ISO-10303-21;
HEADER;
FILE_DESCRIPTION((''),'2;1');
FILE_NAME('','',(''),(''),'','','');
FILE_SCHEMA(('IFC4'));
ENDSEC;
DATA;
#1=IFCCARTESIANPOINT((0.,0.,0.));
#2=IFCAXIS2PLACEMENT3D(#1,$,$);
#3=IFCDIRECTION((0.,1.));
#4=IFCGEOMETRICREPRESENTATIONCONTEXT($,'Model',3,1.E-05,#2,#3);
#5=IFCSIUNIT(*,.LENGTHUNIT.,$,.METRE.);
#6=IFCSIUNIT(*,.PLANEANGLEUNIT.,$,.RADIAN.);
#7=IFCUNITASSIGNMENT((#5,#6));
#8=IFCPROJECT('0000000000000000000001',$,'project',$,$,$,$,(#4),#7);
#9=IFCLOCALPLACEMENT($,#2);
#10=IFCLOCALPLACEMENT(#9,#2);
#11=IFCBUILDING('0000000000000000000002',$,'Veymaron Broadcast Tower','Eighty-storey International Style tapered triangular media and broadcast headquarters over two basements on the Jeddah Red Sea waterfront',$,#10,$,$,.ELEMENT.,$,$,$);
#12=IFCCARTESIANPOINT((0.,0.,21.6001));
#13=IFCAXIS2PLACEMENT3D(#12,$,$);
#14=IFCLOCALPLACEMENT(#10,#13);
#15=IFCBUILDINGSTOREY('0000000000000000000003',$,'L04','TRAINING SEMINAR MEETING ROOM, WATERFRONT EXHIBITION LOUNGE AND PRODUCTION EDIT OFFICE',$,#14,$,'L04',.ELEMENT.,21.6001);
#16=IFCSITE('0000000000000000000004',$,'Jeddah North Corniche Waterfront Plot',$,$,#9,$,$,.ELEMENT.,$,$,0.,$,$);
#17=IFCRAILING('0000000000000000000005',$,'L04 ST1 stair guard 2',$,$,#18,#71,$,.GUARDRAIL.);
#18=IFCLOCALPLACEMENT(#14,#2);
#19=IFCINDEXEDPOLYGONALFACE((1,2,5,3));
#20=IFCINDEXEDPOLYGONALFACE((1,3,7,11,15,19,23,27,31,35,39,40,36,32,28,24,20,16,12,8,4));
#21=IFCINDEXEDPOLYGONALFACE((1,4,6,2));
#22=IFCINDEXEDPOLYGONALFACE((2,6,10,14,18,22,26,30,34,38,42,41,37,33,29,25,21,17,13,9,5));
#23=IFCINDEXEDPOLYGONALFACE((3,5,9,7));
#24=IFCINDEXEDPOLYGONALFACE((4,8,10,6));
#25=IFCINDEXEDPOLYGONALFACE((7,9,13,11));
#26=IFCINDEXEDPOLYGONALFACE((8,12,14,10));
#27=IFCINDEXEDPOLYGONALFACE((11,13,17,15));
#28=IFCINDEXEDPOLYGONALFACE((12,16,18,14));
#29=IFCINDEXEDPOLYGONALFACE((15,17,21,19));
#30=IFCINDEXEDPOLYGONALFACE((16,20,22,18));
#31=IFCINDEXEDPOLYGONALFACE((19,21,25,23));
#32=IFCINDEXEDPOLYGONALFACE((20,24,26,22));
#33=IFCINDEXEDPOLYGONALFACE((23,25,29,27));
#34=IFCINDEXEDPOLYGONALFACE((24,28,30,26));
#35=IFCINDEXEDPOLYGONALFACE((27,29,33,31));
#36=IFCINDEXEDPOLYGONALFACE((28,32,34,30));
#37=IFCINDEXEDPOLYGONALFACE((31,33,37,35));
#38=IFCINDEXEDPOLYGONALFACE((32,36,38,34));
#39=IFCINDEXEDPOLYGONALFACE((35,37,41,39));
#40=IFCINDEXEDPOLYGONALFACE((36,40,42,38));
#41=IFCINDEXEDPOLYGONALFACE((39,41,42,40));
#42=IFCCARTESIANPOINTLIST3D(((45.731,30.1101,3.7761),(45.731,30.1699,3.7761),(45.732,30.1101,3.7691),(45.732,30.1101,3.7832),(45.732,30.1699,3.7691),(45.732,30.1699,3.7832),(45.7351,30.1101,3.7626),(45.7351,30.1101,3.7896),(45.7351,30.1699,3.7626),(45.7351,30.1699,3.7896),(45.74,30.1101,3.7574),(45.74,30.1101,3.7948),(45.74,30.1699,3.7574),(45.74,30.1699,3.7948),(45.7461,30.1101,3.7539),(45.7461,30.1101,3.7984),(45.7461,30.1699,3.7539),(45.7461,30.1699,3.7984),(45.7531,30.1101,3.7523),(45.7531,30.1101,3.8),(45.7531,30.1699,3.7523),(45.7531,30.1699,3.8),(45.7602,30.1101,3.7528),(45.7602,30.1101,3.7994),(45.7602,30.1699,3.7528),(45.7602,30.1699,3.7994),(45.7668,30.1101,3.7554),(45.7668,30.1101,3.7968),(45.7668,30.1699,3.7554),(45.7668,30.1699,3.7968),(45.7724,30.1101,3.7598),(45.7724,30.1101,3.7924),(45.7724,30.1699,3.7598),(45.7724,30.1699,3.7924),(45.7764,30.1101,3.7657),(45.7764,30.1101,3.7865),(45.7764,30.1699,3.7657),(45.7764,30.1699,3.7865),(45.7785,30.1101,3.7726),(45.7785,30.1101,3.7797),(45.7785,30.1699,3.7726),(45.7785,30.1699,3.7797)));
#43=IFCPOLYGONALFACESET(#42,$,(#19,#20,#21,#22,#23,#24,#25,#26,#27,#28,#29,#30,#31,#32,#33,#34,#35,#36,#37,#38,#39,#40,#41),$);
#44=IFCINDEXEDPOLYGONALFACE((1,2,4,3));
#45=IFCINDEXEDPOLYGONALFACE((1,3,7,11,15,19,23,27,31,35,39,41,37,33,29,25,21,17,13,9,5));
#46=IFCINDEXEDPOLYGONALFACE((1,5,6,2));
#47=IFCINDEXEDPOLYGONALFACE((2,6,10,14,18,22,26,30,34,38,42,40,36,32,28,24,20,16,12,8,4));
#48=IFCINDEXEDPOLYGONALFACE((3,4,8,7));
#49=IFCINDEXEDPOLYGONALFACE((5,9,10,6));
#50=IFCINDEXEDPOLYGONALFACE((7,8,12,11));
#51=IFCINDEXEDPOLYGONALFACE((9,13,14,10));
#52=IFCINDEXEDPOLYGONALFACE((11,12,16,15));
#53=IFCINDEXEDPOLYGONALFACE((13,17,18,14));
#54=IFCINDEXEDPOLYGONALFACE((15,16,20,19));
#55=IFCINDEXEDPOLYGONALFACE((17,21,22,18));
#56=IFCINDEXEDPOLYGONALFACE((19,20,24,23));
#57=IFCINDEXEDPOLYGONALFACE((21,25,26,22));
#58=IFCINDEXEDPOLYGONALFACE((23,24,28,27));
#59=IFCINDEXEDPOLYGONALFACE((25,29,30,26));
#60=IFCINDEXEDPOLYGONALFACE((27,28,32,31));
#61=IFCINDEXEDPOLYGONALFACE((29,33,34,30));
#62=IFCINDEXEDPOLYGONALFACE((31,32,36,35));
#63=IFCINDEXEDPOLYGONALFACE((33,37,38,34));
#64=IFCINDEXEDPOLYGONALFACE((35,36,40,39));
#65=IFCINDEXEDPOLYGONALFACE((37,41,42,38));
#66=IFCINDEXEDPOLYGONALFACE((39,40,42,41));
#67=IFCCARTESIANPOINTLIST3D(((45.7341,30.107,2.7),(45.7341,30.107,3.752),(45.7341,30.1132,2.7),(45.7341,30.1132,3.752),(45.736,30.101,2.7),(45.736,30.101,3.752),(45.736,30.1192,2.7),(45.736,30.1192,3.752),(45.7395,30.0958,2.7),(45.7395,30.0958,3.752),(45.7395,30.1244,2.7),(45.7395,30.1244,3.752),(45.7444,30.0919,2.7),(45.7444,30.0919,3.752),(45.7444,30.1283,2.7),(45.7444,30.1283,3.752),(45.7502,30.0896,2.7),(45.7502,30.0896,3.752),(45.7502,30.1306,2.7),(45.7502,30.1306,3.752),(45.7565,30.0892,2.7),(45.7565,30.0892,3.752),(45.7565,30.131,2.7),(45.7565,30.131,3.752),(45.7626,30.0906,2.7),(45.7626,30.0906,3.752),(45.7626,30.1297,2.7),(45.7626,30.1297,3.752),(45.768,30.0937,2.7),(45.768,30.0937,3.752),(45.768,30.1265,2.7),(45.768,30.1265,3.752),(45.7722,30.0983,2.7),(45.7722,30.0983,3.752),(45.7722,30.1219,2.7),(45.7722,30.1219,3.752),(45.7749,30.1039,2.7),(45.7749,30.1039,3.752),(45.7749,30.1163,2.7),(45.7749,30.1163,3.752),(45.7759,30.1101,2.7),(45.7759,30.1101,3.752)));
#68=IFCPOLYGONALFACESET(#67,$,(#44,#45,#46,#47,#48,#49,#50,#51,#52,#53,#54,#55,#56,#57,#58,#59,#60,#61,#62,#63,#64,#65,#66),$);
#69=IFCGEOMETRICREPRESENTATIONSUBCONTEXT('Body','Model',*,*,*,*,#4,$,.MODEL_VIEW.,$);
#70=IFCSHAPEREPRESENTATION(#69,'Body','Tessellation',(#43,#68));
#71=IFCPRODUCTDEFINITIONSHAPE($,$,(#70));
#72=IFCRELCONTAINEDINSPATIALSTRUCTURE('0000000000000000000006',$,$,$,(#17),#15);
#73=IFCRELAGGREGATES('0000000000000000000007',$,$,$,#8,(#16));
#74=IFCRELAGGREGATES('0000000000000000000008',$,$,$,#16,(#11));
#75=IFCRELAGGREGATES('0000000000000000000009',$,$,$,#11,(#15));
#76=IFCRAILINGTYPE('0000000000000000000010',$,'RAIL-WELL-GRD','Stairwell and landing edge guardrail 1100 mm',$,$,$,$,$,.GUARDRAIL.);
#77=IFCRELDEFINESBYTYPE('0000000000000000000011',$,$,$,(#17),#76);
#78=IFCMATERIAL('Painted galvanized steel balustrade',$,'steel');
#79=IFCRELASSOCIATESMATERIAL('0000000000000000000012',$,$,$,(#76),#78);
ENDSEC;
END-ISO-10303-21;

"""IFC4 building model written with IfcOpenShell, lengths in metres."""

from ifc_helpers import new_model, si_unit, direction, frame, origin, origin_2d, place, context, subcontext, project, spatial, circle, extrude, material, type_object, element, save


model = new_model("IFC4")

# Units and contexts
model_context = context("Model", 3, precision=1e-05, world=origin(), true_north=direction((0.0, 1.0)))
body_context = subcontext(model_context, "Body", "Model", "MODEL_VIEW")
ifc_project = project(units=[si_unit("LENGTHUNIT", "METRE"), si_unit("PLANEANGLEUNIT", "RADIAN")], contexts=[model_context])

# Site, building, storey
site_placement = place(None, origin())
site = spatial("IfcSite", under=ifc_project, at=site_placement, Name="Jeddah North Corniche Waterfront Plot", CompositionType="ELEMENT", RefElevation=0.0)
building_placement = place(site_placement, origin())
building = spatial("IfcBuilding", under=site, at=building_placement, Name="Veymaron Broadcast Tower", Description="Eighty-storey International Style tapered triangular media and broadcast headquarters over two basements on the Jeddah Red Sea waterfront", CompositionType="ELEMENT")
storey_placement = place(building_placement, frame((0.0, 0.0, 21.6001)))
storey = spatial("IfcBuildingStorey", under=building, at=storey_placement, Name="L04", Description="TRAINING SEMINAR MEETING ROOM, WATERFRONT EXHIBITION LOUNGE AND PRODUCTION EDIT OFFICE", LongName="L04", CompositionType="ELEMENT", Elevation=21.6001)

# Railing
ifc_material_1 = material(Name="Painted galvanized steel balustrade", Category="steel")
railing_type_1 = type_object("IfcRailingType", Name="RAIL-WELL-GRD", Description="Stairwell and landing edge guardrail 1100 mm", PredefinedType="GUARDRAIL", material=ifc_material_1)
railing_1_placement = place(storey_placement, frame((45.7549, 30.1101, 2.7)))
element("IfcRailing", 1, at=railing_1_placement, inside=storey, type_object=railing_type_1, Name="L04 ST1 stair guard 2", PredefinedType="GUARDRAIL", context=body_context, shape_type="SweptSolid", body=[
    extrude(circle(Radius=0.0239, at=origin_2d()), frame((0.0, 0.0, 1.0762), z_axis=(0.0, 1.0, 0.0), x_axis=(-1.0, 0.0, 0.0)), (0.0, 0.0, 1.0), 0.0598),
    extrude(circle(Radius=0.021, at=origin_2d()), origin(), (0.0, 0.0, 1.0), 1.052),
])

save(model, "model.ifc")
